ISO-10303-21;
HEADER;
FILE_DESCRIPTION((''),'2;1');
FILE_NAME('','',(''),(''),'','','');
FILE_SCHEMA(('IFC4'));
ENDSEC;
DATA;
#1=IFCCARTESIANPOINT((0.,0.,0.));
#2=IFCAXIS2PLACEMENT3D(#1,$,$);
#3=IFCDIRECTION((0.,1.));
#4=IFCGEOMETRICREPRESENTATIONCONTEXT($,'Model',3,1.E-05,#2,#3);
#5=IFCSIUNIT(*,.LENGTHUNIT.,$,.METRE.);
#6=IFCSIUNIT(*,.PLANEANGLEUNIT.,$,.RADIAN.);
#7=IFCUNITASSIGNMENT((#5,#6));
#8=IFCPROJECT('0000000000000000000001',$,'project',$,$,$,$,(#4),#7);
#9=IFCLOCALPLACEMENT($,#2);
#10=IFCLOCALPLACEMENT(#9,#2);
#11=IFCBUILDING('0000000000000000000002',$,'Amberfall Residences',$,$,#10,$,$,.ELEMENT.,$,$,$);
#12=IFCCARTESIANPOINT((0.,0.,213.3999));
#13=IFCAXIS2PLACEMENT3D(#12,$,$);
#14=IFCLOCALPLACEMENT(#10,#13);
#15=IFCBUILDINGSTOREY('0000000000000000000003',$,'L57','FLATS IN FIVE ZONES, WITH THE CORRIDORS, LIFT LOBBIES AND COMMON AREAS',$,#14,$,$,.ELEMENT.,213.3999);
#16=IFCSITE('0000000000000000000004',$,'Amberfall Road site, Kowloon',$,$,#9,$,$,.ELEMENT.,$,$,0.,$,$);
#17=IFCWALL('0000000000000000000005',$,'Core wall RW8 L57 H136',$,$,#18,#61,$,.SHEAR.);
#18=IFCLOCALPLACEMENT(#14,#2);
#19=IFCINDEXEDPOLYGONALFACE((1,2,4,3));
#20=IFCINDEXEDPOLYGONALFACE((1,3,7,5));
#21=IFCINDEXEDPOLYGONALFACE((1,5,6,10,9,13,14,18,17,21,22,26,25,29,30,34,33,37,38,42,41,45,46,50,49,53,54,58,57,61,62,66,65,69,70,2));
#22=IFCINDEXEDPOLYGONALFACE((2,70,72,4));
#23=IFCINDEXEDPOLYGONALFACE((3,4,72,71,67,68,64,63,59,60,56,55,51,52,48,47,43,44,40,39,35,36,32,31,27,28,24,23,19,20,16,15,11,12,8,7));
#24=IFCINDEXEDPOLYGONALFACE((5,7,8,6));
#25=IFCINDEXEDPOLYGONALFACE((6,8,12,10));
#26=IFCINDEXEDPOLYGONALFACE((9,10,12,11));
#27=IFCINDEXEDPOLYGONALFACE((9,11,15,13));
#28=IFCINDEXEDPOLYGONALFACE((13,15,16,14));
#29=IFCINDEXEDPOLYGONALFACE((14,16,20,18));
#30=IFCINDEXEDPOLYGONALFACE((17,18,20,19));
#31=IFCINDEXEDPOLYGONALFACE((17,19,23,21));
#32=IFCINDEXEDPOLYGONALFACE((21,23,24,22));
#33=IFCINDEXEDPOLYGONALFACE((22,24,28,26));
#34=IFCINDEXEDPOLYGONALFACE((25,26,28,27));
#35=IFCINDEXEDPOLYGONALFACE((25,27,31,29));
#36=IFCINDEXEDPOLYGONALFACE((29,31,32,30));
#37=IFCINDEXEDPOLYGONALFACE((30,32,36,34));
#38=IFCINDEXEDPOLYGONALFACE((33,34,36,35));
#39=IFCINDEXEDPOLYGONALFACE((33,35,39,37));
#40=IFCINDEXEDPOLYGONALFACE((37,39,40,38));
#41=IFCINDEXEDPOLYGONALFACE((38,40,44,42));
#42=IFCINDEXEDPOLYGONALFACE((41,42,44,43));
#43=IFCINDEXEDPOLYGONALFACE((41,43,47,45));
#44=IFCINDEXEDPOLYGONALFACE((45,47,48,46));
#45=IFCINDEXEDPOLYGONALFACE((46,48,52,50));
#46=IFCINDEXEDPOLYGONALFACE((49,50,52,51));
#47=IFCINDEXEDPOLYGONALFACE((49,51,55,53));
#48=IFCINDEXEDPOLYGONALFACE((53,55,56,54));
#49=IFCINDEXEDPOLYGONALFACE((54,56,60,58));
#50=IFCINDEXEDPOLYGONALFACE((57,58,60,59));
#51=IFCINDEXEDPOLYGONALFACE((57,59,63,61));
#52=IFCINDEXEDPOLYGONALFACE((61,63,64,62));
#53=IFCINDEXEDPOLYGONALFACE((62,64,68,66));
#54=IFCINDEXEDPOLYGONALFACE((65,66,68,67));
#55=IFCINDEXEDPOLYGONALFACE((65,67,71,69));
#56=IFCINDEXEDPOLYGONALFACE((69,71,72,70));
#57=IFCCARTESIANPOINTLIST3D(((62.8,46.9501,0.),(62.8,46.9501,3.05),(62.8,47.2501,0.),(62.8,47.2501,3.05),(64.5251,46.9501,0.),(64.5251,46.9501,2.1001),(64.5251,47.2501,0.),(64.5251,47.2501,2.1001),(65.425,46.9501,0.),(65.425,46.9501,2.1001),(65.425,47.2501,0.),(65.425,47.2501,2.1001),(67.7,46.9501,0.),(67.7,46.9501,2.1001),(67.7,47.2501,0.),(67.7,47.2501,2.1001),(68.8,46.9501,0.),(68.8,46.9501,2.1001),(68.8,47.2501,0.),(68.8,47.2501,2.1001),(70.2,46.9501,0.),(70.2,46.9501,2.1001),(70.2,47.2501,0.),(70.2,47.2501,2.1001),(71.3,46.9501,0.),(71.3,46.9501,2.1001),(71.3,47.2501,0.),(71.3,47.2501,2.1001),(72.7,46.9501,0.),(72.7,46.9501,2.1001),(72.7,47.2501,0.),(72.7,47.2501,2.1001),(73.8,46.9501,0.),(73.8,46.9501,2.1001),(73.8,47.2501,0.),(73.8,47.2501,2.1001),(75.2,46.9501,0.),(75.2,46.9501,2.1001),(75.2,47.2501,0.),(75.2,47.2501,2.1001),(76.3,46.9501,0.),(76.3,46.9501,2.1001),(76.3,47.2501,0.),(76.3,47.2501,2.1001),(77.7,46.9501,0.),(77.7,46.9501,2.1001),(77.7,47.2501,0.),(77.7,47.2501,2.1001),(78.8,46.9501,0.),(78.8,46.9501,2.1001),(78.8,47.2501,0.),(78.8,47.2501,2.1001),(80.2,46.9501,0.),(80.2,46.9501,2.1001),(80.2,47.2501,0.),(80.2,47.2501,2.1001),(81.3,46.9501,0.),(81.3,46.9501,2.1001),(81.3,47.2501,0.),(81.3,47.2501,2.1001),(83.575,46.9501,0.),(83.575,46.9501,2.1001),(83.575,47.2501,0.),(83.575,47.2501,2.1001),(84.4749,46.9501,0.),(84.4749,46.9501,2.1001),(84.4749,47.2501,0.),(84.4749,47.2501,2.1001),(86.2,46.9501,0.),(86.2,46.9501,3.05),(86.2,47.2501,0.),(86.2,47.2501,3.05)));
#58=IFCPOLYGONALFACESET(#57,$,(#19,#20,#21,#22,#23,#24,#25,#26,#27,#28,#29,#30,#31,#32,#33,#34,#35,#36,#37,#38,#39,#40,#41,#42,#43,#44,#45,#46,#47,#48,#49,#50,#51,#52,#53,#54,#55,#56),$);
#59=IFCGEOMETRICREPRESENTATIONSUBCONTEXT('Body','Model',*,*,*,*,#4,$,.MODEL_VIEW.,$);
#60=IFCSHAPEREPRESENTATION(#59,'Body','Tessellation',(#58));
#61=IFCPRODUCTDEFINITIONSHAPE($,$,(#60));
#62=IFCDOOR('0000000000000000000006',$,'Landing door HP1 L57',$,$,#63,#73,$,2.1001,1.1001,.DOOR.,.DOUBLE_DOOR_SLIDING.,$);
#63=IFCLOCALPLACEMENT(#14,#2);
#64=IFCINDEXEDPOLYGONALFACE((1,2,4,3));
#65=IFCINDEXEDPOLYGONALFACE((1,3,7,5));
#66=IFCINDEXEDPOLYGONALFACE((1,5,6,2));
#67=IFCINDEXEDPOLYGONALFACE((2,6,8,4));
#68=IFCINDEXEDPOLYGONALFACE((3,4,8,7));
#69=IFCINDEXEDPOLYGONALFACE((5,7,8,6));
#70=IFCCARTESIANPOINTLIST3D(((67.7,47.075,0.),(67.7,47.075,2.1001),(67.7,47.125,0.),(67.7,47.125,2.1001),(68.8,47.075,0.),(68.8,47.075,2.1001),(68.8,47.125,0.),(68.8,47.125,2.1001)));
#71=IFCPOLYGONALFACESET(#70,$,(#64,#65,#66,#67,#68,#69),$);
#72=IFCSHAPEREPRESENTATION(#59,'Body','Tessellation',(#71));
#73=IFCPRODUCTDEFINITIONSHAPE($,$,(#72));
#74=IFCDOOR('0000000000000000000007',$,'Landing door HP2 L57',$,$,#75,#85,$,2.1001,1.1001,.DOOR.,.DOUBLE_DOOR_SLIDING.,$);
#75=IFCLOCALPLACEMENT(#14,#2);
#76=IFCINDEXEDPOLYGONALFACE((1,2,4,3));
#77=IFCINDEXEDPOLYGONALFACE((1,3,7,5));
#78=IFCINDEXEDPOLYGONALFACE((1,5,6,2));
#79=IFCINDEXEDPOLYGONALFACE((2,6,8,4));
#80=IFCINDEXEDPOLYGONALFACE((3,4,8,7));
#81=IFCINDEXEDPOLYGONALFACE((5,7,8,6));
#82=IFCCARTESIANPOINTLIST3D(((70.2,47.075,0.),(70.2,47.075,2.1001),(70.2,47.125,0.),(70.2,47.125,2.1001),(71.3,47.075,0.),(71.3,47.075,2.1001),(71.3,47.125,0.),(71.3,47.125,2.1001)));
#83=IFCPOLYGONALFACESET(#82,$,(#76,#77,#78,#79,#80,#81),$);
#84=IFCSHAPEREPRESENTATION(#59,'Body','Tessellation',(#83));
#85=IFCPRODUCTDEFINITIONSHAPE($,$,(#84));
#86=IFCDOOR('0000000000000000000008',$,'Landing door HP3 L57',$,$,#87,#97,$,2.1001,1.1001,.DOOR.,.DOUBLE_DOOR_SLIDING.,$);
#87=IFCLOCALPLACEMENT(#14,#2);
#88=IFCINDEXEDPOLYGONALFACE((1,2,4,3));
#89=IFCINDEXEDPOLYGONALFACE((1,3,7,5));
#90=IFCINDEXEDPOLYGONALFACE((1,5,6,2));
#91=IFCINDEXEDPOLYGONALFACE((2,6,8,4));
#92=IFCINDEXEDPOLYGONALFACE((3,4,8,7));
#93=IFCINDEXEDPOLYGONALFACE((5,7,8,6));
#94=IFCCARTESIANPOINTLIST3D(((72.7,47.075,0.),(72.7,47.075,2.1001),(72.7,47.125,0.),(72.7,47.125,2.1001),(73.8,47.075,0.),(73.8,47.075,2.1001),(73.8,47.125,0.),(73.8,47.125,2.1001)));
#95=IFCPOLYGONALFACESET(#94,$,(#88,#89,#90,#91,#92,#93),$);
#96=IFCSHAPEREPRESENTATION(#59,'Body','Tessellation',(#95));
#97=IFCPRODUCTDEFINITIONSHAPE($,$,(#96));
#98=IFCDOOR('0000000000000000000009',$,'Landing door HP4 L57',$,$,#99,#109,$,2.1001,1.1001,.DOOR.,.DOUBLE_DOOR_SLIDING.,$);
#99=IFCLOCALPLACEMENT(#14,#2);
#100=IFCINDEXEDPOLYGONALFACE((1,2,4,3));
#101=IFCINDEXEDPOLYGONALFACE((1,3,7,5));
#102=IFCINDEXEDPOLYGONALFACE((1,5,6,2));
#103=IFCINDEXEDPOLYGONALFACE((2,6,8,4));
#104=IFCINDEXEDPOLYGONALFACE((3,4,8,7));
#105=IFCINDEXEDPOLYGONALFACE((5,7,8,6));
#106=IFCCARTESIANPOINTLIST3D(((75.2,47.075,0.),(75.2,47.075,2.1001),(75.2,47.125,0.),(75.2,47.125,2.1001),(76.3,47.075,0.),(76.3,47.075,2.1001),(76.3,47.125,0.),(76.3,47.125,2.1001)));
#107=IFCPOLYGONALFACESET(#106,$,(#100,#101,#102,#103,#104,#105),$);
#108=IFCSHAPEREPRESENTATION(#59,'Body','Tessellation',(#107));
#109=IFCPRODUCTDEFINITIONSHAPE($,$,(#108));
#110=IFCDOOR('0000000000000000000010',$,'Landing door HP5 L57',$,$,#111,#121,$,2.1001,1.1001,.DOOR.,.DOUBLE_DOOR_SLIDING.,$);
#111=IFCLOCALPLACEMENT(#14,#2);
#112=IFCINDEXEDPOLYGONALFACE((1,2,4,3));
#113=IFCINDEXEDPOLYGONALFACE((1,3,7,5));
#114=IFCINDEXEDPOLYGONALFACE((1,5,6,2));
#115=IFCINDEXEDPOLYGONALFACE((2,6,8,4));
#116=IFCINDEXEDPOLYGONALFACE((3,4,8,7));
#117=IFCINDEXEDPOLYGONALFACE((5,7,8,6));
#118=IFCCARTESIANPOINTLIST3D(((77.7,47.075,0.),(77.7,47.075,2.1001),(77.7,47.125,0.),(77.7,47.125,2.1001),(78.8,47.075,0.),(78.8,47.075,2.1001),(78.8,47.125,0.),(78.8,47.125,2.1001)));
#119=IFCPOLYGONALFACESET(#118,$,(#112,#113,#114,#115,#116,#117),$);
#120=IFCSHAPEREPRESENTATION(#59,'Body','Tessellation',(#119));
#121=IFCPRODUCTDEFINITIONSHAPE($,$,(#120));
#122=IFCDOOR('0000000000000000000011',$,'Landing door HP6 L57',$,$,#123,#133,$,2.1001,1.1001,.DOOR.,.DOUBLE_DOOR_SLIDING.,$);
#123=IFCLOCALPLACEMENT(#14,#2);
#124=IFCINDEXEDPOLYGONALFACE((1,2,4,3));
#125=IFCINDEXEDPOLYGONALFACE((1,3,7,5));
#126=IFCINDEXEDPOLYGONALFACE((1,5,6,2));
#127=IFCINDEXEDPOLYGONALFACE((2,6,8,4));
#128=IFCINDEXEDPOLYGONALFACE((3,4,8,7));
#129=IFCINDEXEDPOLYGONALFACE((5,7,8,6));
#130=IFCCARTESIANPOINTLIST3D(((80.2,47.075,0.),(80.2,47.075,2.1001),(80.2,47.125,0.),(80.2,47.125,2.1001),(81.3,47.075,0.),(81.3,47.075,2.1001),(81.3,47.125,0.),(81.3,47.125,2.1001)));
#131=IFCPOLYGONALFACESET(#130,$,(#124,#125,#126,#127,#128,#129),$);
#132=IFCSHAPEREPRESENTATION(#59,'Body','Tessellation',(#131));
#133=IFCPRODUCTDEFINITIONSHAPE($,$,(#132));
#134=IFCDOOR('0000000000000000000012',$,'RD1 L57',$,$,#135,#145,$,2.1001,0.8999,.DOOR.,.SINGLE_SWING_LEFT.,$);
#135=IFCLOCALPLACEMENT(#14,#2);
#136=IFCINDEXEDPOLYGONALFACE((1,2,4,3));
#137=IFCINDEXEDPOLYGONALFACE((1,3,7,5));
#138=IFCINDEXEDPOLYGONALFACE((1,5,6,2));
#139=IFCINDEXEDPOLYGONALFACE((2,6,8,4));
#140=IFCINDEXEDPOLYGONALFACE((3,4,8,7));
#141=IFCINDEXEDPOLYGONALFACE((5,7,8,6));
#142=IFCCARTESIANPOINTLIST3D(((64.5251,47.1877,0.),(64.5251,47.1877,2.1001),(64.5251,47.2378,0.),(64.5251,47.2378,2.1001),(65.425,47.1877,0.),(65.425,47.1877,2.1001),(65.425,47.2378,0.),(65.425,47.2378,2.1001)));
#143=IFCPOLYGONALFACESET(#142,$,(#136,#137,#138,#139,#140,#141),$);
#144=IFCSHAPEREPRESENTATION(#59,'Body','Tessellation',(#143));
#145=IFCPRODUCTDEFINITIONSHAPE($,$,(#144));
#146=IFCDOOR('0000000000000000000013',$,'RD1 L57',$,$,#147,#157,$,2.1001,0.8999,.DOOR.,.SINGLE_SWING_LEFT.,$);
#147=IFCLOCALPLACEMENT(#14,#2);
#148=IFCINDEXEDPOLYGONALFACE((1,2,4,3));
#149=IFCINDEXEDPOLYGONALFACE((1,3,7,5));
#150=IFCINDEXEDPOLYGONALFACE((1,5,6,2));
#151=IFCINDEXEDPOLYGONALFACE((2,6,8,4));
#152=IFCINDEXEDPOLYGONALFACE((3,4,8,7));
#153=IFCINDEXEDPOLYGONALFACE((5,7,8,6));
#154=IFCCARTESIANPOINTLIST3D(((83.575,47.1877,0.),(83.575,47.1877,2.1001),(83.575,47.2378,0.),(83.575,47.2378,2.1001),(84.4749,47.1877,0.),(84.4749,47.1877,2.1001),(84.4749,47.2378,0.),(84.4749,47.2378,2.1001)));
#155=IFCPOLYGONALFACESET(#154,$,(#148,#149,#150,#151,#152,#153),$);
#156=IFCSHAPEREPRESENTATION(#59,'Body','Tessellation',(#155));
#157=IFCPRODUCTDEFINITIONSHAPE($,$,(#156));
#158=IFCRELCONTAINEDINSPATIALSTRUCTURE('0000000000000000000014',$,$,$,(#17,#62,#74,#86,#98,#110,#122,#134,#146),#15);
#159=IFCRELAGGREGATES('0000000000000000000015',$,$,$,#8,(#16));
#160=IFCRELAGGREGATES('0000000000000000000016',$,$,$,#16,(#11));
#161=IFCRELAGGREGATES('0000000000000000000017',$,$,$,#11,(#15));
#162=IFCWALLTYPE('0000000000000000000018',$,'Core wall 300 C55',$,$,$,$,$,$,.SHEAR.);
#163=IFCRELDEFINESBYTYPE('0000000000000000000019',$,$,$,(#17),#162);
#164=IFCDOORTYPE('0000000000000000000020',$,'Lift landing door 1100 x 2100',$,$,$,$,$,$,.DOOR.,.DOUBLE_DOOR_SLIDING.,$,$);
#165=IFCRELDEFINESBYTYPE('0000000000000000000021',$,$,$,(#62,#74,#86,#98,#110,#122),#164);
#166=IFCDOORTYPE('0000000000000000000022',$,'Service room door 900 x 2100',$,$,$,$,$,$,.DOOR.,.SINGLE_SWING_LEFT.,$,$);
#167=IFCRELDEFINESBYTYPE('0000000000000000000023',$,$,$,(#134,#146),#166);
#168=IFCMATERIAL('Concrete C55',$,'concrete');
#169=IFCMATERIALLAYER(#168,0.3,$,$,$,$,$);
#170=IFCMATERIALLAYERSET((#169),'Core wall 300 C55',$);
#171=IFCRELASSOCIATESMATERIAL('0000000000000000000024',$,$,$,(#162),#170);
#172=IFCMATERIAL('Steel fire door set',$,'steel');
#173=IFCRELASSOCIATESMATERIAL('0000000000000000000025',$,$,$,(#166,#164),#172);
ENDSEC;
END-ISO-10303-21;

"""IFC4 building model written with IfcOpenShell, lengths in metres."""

from ifc_helpers import new_model, si_unit, direction, frame, frame_2d, origin, place, context, subcontext, project, spatial, rectangle, extrude, material, layer, layer_set, type_object, element, fill, save


model = new_model("IFC4")

# Units and contexts
model_context = context("Model", 3, precision=1e-05, world=origin(), true_north=direction((0.0, 1.0)))
body_context = subcontext(model_context, "Body", "Model", "MODEL_VIEW")
ifc_project = project(units=[si_unit("LENGTHUNIT", "METRE"), si_unit("PLANEANGLEUNIT", "RADIAN")], contexts=[model_context])

# Site, building, storey
site_placement = place(None, origin())
site = spatial("IfcSite", under=ifc_project, at=site_placement, Name="Amberfall Road site, Kowloon", CompositionType="ELEMENT", RefElevation=0.0)
building_placement = place(site_placement, origin())
building = spatial("IfcBuilding", under=site, at=building_placement, Name="Amberfall Residences", CompositionType="ELEMENT")
storey_placement = place(building_placement, frame((0.0, 0.0, 213.3999)))
storey = spatial("IfcBuildingStorey", under=building, at=storey_placement, Name="L57", Description="FLATS IN FIVE ZONES, WITH THE CORRIDORS, LIFT LOBBIES AND COMMON AREAS", CompositionType="ELEMENT", Elevation=213.3999)

# Wall, openings, doors
ifc_material_1 = material(Name="Concrete C55", Category="concrete")
ifc_layer_1 = layer(ifc_material_1, 0.3)
ifc_layer_set_1 = layer_set([ifc_layer_1], Name="Core wall 300 C55")
wall_type_1 = type_object("IfcWallType", Name="Core wall 300 C55", PredefinedType="SHEAR", material=ifc_layer_set_1)
ifc_material_2 = material(Name="Steel fire door set", Category="steel")
door_type_1 = type_object("IfcDoorType", Name="Service room door 900 x 2100", OperationType="SINGLE_SWING_LEFT", PredefinedType="DOOR", material=ifc_material_2)
wall_1_placement = place(storey_placement, frame((62.8, 47.1001, 0.0), z_axis=(0.0, 0.0, 1.0), x_axis=(1.0, 0.0, 0.0)))
wall_1 = element("IfcWall", 1, at=wall_1_placement, inside=storey, type_object=wall_type_1, Name="Core wall RW8 L57 H136", PredefinedType="SHEAR", context=body_context, shape_type="SweptSolid", body=[
    extrude(rectangle(XDim=23.3999, YDim=0.3, at=frame_2d((11.7, 0.0))), origin(), (0.0, 0.0, 1.0), 3.05),
])
opening_1_placement = place(wall_1_placement, frame((1.7251, 0.0, 0.0)))
opening_1 = element("IfcOpeningElement", 2, at=opening_1_placement, cuts=wall_1, PredefinedType="OPENING", context=body_context, shape_type="SweptSolid", body=[
    extrude(rectangle(XDim=0.8999, YDim=2.1001, at=frame_2d((0.45, 1.05))), frame((0.0, 0.1599, 0.0), z_axis=(0.0, -1.0, 0.0), x_axis=(1.0, 0.0, 0.0)), (0.0, 0.0, 1.0), 0.3201),
])
opening_2_placement = place(wall_1_placement, frame((20.7749, 0.0, 0.0)))
opening_2 = element("IfcOpeningElement", 3, at=opening_2_placement, cuts=wall_1, PredefinedType="OPENING", context=body_context, shape_type="SweptSolid", body=[
    extrude(rectangle(XDim=0.8999, YDim=2.1001, at=frame_2d((0.45, 1.05))), frame((0.0, 0.1599, 0.0), z_axis=(0.0, -1.0, 0.0), x_axis=(1.0, 0.0, 0.0)), (0.0, 0.0, 1.0), 0.3201),
])
opening_3_placement = place(wall_1_placement, frame((4.8999, 0.0, 0.0)))
opening_3 = element("IfcOpeningElement", 4, at=opening_3_placement, cuts=wall_1, PredefinedType="OPENING", context=body_context, shape_type="SweptSolid", body=[
    extrude(rectangle(XDim=1.1001, YDim=2.1001, at=frame_2d((0.55, 1.05))), frame((0.0, 0.1599, 0.0), z_axis=(0.0, -1.0, 0.0), x_axis=(1.0, 0.0, 0.0)), (0.0, 0.0, 1.0), 0.3201),
])
opening_4_placement = place(wall_1_placement, frame((7.3999, 0.0, 0.0)))
opening_4 = element("IfcOpeningElement", 5, at=opening_4_placement, cuts=wall_1, PredefinedType="OPENING", context=body_context, shape_type="SweptSolid", body=[
    extrude(rectangle(XDim=1.1001, YDim=2.1001, at=frame_2d((0.55, 1.05))), frame((0.0, 0.1599, 0.0), z_axis=(0.0, -1.0, 0.0), x_axis=(1.0, 0.0, 0.0)), (0.0, 0.0, 1.0), 0.3201),
])
opening_5_placement = place(wall_1_placement, frame((9.8999, 0.0, 0.0)))
opening_5 = element("IfcOpeningElement", 6, at=opening_5_placement, cuts=wall_1, PredefinedType="OPENING", context=body_context, shape_type="SweptSolid", body=[
    extrude(rectangle(XDim=1.1001, YDim=2.1001, at=frame_2d((0.55, 1.05))), frame((0.0, 0.1599, 0.0), z_axis=(0.0, -1.0, 0.0), x_axis=(1.0, 0.0, 0.0)), (0.0, 0.0, 1.0), 0.3201),
])
opening_6_placement = place(wall_1_placement, frame((12.3999, 0.0, 0.0)))
opening_6 = element("IfcOpeningElement", 7, at=opening_6_placement, cuts=wall_1, PredefinedType="OPENING", context=body_context, shape_type="SweptSolid", body=[
    extrude(rectangle(XDim=1.1001, YDim=2.1001, at=frame_2d((0.55, 1.05))), frame((0.0, 0.1599, 0.0), z_axis=(0.0, -1.0, 0.0), x_axis=(1.0, 0.0, 0.0)), (0.0, 0.0, 1.0), 0.3201),
])
opening_7_placement = place(wall_1_placement, frame((14.8999, 0.0, 0.0)))
opening_7 = element("IfcOpeningElement", 8, at=opening_7_placement, cuts=wall_1, PredefinedType="OPENING", context=body_context, shape_type="SweptSolid", body=[
    extrude(rectangle(XDim=1.1001, YDim=2.1001, at=frame_2d((0.55, 1.05))), frame((0.0, 0.1599, 0.0), z_axis=(0.0, -1.0, 0.0), x_axis=(1.0, 0.0, 0.0)), (0.0, 0.0, 1.0), 0.3201),
])
opening_8_placement = place(wall_1_placement, frame((17.3999, 0.0, 0.0)))
opening_8 = element("IfcOpeningElement", 9, at=opening_8_placement, cuts=wall_1, PredefinedType="OPENING", context=body_context, shape_type="SweptSolid", body=[
    extrude(rectangle(XDim=1.1001, YDim=2.1001, at=frame_2d((0.55, 1.05))), frame((0.0, 0.1599, 0.0), z_axis=(0.0, -1.0, 0.0), x_axis=(1.0, 0.0, 0.0)), (0.0, 0.0, 1.0), 0.3201),
])
door_type_2 = type_object("IfcDoorType", Name="Lift landing door 1100 x 2100", OperationType="DOUBLE_DOOR_SLIDING", PredefinedType="DOOR", material=ifc_material_2)
door_1_placement = place(opening_3_placement, origin())
door_1 = element("IfcDoor", 10, at=door_1_placement, inside=storey, type_object=door_type_2, Name="Landing door HP1 L57", OperationType="DOUBLE_DOOR_SLIDING", OverallHeight=2.1001, OverallWidth=1.1001, PredefinedType="DOOR", context=body_context, shape_type="SweptSolid", body=[
    extrude(rectangle(XDim=1.1001, YDim=2.1001, at=frame_2d((0.55, 1.05))), frame((0.0, 0.0249, 0.0), z_axis=(0.0, -1.0, 0.0), x_axis=(1.0, 0.0, 0.0)), (0.0, 0.0, 1.0), 0.05),
])
fill(opening_3, door_1)
door_2_placement = place(opening_4_placement, origin())
door_2 = element("IfcDoor", 11, at=door_2_placement, inside=storey, type_object=door_type_2, Name="Landing door HP2 L57", OperationType="DOUBLE_DOOR_SLIDING", OverallHeight=2.1001, OverallWidth=1.1001, PredefinedType="DOOR", context=body_context, shape_type="SweptSolid", body=[
    extrude(rectangle(XDim=1.1001, YDim=2.1001, at=frame_2d((0.55, 1.05))), frame((0.0, 0.0249, 0.0), z_axis=(0.0, -1.0, 0.0), x_axis=(1.0, 0.0, 0.0)), (0.0, 0.0, 1.0), 0.05),
])
fill(opening_4, door_2)
door_3_placement = place(opening_5_placement, origin())
door_3 = element("IfcDoor", 12, at=door_3_placement, inside=storey, type_object=door_type_2, Name="Landing door HP3 L57", OperationType="DOUBLE_DOOR_SLIDING", OverallHeight=2.1001, OverallWidth=1.1001, PredefinedType="DOOR", context=body_context, shape_type="SweptSolid", body=[
    extrude(rectangle(XDim=1.1001, YDim=2.1001, at=frame_2d((0.55, 1.05))), frame((0.0, 0.0249, 0.0), z_axis=(0.0, -1.0, 0.0), x_axis=(1.0, 0.0, 0.0)), (0.0, 0.0, 1.0), 0.05),
])
fill(opening_5, door_3)
door_4_placement = place(opening_6_placement, origin())
door_4 = element("IfcDoor", 13, at=door_4_placement, inside=storey, type_object=door_type_2, Name="Landing door HP4 L57", OperationType="DOUBLE_DOOR_SLIDING", OverallHeight=2.1001, OverallWidth=1.1001, PredefinedType="DOOR", context=body_context, shape_type="SweptSolid", body=[
    extrude(rectangle(XDim=1.1001, YDim=2.1001, at=frame_2d((0.55, 1.05))), frame((0.0, 0.0249, 0.0), z_axis=(0.0, -1.0, 0.0), x_axis=(1.0, 0.0, 0.0)), (0.0, 0.0, 1.0), 0.05),
])
fill(opening_6, door_4)
door_5_placement = place(opening_7_placement, origin())
door_5 = element("IfcDoor", 14, at=door_5_placement, inside=storey, type_object=door_type_2, Name="Landing door HP5 L57", OperationType="DOUBLE_DOOR_SLIDING", OverallHeight=2.1001, OverallWidth=1.1001, PredefinedType="DOOR", context=body_context, shape_type="SweptSolid", body=[
    extrude(rectangle(XDim=1.1001, YDim=2.1001, at=frame_2d((0.55, 1.05))), frame((0.0, 0.0249, 0.0), z_axis=(0.0, -1.0, 0.0), x_axis=(1.0, 0.0, 0.0)), (0.0, 0.0, 1.0), 0.05),
])
fill(opening_7, door_5)
door_6_placement = place(opening_8_placement, origin())
door_6 = element("IfcDoor", 15, at=door_6_placement, inside=storey, type_object=door_type_2, Name="Landing door HP6 L57", OperationType="DOUBLE_DOOR_SLIDING", OverallHeight=2.1001, OverallWidth=1.1001, PredefinedType="DOOR", context=body_context, shape_type="SweptSolid", body=[
    extrude(rectangle(XDim=1.1001, YDim=2.1001, at=frame_2d((0.55, 1.05))), frame((0.0, 0.0249, 0.0), z_axis=(0.0, -1.0, 0.0), x_axis=(1.0, 0.0, 0.0)), (0.0, 0.0, 1.0), 0.05),
])
fill(opening_8, door_6)
door_7_placement = place(opening_1_placement, origin())
door_7 = element("IfcDoor", 16, at=door_7_placement, inside=storey, type_object=door_type_1, Name="RD1 L57", OperationType="SINGLE_SWING_LEFT", OverallHeight=2.1001, OverallWidth=0.8999, PredefinedType="DOOR", context=body_context, shape_type="SweptSolid", body=[
    extrude(rectangle(XDim=0.8999, YDim=2.1001, at=frame_2d((0.45, 1.05))), frame((0.0, 0.1377, 0.0), z_axis=(0.0, -1.0, 0.0), x_axis=(1.0, 0.0, 0.0)), (0.0, 0.0, 1.0), 0.05),
])
fill(opening_1, door_7)
door_8_placement = place(opening_2_placement, origin())
door_8 = element("IfcDoor", 17, at=door_8_placement, inside=storey, type_object=door_type_1, Name="RD1 L57", OperationType="SINGLE_SWING_LEFT", OverallHeight=2.1001, OverallWidth=0.8999, PredefinedType="DOOR", context=body_context, shape_type="SweptSolid", body=[
    extrude(rectangle(XDim=0.8999, YDim=2.1001, at=frame_2d((0.45, 1.05))), frame((0.0, 0.1377, 0.0), z_axis=(0.0, -1.0, 0.0), x_axis=(1.0, 0.0, 0.0)), (0.0, 0.0, 1.0), 0.05),
])
fill(opening_2, door_8)

save(model, "model.ifc")
